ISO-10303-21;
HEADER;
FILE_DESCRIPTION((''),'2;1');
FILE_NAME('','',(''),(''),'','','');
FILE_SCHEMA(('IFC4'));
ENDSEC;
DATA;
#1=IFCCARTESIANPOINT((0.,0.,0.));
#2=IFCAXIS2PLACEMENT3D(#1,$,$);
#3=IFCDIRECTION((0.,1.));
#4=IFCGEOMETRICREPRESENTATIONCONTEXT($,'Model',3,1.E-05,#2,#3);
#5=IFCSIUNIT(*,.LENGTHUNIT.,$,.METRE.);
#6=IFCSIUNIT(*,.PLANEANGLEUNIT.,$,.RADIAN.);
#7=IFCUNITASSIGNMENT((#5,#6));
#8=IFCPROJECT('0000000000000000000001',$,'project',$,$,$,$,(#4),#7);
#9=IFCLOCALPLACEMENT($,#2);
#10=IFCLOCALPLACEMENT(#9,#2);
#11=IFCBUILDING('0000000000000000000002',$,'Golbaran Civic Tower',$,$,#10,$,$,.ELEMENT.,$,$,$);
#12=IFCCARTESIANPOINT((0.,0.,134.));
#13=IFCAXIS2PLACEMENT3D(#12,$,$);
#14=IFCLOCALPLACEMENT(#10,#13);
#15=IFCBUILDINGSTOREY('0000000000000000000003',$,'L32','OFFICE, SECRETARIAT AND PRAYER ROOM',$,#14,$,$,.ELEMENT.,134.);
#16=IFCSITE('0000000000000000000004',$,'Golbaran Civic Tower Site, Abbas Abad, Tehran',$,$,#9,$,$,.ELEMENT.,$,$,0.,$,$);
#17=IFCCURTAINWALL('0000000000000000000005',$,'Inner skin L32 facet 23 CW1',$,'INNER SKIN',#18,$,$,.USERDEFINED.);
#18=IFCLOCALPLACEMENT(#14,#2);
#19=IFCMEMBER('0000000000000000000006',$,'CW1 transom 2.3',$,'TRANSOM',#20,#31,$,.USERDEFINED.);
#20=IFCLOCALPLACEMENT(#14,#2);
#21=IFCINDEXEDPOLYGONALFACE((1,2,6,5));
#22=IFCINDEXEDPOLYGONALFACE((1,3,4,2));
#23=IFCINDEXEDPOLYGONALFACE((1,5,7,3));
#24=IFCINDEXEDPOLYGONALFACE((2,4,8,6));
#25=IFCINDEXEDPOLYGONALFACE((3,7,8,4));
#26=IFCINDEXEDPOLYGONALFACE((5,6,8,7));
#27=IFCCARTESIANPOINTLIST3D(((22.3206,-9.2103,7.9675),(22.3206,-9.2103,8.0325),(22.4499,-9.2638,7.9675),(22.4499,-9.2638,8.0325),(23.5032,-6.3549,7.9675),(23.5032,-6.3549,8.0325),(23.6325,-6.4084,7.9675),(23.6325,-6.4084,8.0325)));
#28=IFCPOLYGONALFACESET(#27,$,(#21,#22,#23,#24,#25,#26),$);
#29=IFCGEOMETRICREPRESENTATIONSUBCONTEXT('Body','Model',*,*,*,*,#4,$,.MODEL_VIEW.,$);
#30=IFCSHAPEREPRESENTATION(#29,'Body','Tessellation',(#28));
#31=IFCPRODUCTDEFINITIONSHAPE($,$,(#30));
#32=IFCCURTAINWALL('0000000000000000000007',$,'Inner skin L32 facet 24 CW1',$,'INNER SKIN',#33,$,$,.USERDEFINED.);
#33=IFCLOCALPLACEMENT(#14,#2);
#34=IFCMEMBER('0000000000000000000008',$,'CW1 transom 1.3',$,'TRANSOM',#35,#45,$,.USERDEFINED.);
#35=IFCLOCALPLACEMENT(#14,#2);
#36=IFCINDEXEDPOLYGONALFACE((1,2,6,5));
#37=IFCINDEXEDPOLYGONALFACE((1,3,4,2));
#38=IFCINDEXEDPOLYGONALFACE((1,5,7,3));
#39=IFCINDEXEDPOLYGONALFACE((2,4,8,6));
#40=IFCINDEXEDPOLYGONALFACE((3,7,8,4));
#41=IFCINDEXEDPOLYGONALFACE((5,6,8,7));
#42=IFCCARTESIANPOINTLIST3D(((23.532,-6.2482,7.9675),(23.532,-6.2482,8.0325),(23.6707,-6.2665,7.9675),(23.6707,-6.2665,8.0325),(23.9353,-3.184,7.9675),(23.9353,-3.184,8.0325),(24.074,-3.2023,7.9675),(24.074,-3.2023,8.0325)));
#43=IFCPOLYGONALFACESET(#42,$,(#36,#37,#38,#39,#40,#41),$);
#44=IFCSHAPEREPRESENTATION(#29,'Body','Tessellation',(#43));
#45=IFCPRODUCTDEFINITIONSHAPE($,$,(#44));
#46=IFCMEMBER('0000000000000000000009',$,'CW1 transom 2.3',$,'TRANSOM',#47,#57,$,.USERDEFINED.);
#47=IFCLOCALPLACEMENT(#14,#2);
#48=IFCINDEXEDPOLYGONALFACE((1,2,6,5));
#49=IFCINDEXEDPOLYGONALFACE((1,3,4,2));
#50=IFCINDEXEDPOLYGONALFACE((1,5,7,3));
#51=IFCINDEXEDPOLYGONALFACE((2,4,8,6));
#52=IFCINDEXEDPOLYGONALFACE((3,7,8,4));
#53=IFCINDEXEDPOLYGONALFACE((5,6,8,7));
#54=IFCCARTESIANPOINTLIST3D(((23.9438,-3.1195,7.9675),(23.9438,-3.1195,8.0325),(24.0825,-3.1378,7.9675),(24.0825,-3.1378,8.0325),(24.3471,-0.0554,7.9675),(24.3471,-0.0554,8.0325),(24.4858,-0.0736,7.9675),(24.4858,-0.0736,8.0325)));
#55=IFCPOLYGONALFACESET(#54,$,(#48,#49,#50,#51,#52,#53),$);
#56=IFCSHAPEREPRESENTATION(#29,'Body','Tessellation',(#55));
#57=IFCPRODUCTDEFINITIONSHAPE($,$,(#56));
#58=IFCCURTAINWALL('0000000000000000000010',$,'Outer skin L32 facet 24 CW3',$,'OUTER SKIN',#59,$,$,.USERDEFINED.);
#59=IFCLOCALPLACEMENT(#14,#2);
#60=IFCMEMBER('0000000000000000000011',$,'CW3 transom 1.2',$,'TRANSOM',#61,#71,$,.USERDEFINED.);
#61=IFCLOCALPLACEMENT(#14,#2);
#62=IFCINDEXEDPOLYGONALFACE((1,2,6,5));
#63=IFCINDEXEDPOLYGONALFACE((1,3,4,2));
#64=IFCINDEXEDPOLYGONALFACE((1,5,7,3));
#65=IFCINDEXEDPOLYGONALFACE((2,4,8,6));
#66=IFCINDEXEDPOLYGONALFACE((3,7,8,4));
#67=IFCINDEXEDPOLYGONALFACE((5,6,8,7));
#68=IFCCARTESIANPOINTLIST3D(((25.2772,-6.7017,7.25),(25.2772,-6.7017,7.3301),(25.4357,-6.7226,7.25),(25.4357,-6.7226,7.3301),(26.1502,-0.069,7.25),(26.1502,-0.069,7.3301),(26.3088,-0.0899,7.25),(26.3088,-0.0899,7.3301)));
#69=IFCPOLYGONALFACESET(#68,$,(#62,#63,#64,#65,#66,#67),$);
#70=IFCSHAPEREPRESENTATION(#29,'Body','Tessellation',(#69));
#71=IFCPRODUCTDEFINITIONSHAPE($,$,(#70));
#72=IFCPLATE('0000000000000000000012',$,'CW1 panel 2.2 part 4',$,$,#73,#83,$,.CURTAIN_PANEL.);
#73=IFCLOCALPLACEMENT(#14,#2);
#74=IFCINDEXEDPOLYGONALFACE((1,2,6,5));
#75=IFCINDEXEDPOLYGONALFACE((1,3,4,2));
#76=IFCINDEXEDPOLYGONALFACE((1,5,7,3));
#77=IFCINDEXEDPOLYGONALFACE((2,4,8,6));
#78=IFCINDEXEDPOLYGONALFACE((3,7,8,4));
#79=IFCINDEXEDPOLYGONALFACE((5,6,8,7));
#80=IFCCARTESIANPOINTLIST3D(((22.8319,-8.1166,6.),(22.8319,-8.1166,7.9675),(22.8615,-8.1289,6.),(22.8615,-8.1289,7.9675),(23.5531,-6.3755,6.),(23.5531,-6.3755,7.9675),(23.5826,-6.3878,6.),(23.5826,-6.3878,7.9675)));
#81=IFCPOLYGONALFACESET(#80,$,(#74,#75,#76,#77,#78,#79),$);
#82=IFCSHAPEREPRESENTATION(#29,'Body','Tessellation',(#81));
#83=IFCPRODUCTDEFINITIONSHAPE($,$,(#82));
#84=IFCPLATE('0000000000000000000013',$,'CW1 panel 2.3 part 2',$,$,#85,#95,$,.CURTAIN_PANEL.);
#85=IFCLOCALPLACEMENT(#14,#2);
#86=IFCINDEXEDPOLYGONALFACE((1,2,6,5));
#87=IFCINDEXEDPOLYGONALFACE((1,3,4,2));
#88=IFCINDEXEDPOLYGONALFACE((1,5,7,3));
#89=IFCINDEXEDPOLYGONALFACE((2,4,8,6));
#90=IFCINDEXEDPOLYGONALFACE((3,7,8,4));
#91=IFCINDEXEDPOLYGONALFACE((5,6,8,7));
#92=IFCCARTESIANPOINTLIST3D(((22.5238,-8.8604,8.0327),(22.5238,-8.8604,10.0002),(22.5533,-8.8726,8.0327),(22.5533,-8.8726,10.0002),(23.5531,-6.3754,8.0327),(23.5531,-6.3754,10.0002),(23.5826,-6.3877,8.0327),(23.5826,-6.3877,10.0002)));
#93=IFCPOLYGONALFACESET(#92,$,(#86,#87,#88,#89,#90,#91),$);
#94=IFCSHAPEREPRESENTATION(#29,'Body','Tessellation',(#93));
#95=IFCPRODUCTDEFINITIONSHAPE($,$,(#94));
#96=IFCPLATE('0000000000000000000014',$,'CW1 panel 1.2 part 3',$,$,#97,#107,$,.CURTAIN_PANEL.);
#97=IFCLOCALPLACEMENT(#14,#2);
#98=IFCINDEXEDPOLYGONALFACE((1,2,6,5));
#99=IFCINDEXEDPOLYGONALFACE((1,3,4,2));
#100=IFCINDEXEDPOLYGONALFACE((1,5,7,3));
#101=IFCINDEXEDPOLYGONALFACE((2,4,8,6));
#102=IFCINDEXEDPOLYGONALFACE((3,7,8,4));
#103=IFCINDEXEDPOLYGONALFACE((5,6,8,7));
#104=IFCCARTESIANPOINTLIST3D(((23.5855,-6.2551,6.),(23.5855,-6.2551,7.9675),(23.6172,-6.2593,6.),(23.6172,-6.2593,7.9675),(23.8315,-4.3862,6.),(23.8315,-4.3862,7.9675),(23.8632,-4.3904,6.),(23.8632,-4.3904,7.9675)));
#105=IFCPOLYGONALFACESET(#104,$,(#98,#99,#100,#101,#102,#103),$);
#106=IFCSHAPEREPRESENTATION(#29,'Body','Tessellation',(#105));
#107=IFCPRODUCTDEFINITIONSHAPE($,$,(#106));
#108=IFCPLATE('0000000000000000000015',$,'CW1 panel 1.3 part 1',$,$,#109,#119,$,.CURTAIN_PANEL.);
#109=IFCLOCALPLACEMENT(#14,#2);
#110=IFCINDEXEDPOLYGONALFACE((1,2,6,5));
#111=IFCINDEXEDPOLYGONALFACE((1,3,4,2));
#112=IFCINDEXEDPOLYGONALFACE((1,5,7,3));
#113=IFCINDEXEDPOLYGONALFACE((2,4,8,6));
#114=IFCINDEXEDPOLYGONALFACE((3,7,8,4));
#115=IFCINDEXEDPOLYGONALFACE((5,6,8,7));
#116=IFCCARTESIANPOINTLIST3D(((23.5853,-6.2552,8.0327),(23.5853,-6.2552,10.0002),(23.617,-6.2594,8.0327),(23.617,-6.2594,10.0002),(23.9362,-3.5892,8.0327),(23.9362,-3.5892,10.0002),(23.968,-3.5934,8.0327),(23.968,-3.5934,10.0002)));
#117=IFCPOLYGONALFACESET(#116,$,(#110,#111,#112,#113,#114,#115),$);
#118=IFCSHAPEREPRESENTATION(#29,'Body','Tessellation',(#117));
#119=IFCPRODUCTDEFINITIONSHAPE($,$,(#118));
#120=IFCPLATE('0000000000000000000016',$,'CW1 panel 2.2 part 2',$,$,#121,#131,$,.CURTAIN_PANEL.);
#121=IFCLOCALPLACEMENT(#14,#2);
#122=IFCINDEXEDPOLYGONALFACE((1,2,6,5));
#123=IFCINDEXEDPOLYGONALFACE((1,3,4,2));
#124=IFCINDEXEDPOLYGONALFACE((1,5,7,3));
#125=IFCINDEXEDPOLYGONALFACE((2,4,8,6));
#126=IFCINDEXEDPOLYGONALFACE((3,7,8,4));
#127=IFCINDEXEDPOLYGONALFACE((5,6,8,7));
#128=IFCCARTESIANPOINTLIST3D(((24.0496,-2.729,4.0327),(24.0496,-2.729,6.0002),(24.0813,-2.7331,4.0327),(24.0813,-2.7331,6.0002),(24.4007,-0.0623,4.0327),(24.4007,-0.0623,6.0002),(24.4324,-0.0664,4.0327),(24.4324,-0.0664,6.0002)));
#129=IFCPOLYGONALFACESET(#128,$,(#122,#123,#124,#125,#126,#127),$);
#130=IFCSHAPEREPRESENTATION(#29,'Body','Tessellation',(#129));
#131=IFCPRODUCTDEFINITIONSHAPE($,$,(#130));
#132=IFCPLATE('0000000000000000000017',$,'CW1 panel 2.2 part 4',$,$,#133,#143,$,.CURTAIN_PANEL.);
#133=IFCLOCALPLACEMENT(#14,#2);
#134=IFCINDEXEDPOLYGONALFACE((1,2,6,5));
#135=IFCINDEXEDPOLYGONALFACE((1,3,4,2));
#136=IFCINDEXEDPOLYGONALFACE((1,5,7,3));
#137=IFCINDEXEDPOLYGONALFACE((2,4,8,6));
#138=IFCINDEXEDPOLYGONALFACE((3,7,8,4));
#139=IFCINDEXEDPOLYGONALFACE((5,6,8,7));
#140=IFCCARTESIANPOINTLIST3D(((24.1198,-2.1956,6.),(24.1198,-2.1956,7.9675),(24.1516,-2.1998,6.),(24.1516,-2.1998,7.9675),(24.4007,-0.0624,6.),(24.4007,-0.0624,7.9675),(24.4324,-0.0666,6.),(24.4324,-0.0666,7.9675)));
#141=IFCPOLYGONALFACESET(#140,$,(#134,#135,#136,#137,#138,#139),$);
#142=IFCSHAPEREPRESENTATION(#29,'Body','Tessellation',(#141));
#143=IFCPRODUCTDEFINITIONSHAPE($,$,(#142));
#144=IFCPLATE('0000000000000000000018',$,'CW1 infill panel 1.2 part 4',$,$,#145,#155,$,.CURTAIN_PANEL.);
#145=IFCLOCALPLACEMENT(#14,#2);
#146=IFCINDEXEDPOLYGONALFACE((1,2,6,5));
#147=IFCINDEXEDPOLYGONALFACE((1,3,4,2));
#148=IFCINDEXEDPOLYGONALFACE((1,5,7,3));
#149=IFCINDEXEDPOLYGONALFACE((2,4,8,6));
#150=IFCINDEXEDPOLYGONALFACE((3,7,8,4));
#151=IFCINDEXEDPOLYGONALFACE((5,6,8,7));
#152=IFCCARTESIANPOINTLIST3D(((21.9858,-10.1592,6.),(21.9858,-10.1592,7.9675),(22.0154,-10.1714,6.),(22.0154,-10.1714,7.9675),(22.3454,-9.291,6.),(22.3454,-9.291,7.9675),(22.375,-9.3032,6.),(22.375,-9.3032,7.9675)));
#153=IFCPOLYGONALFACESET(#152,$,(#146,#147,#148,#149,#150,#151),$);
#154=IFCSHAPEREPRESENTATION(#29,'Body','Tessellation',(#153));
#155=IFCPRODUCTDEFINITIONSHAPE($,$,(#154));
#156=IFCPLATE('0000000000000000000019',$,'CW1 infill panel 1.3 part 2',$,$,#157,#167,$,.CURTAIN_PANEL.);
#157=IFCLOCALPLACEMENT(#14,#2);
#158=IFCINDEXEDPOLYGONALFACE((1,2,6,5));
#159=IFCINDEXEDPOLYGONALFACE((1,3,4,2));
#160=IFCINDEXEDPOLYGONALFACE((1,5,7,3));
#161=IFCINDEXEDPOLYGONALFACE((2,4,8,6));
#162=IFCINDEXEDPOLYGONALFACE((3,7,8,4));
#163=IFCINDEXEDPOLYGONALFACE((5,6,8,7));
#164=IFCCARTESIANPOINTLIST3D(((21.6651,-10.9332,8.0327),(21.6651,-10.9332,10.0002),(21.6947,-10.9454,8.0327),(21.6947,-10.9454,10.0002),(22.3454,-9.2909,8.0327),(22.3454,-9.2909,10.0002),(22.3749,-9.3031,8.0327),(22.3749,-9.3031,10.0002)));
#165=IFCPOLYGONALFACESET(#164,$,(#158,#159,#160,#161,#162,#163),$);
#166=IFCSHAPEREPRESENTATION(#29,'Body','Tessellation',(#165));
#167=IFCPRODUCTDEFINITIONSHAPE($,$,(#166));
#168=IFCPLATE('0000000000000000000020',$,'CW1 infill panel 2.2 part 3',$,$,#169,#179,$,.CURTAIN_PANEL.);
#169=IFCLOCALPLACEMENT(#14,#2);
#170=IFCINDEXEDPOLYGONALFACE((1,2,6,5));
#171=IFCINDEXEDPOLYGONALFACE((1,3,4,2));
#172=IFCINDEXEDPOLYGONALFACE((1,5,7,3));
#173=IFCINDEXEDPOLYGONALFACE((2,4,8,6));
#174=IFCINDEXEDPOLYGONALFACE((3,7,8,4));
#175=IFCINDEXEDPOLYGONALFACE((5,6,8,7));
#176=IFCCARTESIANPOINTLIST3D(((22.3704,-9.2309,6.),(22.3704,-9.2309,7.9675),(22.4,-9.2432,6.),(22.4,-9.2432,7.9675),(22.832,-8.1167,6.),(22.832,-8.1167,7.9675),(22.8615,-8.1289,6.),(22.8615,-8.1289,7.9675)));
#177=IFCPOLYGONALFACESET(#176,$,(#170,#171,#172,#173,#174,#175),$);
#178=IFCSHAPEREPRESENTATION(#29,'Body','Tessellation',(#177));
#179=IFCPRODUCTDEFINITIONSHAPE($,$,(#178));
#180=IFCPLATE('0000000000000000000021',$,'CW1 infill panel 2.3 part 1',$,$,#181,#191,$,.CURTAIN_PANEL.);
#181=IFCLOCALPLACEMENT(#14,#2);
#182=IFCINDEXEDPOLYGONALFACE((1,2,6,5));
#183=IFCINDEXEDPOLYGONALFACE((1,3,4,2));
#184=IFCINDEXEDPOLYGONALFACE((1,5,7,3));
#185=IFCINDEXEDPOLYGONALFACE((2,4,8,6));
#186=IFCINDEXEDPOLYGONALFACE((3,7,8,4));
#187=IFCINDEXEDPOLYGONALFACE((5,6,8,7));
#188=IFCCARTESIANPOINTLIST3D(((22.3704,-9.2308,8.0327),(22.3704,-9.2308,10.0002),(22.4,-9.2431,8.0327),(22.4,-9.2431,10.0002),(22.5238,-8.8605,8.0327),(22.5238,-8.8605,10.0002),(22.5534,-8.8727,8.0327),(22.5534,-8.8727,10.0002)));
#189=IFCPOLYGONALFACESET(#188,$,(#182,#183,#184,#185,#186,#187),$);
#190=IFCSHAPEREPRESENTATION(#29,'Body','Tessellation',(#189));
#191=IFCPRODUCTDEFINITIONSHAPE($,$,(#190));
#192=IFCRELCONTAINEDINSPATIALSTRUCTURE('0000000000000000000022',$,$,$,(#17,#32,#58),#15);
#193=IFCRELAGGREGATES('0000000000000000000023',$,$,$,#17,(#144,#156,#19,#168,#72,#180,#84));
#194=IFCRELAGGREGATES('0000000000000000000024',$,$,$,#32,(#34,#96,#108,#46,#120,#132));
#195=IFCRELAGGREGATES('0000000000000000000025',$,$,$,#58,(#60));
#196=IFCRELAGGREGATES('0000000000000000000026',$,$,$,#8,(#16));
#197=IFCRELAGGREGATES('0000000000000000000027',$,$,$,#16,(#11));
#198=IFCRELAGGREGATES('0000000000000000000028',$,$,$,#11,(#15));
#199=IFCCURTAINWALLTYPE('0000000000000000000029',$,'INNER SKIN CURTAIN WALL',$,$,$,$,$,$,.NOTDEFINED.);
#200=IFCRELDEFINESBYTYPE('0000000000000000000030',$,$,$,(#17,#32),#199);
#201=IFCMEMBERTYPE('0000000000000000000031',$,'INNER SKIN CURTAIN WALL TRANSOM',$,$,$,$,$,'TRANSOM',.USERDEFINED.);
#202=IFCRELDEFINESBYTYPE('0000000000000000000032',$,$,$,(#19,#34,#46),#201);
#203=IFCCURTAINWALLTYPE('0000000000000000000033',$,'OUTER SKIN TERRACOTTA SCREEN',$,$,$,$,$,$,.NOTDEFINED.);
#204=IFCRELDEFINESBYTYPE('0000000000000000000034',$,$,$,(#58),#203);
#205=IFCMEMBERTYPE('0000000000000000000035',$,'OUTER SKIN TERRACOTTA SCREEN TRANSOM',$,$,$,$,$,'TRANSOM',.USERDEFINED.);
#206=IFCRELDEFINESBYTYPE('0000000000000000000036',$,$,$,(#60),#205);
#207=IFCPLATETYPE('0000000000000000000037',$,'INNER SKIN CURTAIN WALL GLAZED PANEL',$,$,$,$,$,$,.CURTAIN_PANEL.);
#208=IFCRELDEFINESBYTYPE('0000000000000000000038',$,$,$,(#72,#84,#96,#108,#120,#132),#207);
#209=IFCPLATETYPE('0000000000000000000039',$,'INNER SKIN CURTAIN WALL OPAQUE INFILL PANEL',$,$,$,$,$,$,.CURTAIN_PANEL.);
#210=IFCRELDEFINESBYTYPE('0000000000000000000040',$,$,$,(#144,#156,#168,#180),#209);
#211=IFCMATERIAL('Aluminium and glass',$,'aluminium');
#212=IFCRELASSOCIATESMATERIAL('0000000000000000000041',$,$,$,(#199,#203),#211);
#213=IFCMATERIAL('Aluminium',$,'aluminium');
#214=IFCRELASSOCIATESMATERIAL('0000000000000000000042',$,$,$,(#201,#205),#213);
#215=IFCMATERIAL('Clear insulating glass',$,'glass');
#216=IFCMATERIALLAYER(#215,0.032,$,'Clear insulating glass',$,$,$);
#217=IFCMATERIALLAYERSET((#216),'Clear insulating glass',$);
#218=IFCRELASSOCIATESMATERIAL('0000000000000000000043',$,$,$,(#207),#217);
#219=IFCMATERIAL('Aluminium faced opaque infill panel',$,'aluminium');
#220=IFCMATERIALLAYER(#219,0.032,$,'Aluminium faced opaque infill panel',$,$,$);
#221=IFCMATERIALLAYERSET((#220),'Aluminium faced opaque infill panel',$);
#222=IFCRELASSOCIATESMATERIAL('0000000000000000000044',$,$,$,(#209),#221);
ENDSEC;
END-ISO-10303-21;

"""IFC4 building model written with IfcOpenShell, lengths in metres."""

from ifc_helpers import new_model, si_unit, direction, frame, origin, origin_2d, place, context, subcontext, project, spatial, rectangle, extrude, material, layer, layer_set, material_profile, profile_set, type_object, element, aggregate, save


model = new_model("IFC4")

# Units and contexts
model_context = context("Model", 3, precision=1e-05, world=origin(), true_north=direction((0.0, 1.0)))
body_context = subcontext(model_context, "Body", "Model", "MODEL_VIEW")
ifc_project = project(units=[si_unit("LENGTHUNIT", "METRE"), si_unit("PLANEANGLEUNIT", "RADIAN")], contexts=[model_context])

# Site, building, storey
site_placement = place(None, origin())
site = spatial("IfcSite", under=ifc_project, at=site_placement, Name="Golbaran Civic Tower Site, Abbas Abad, Tehran", CompositionType="ELEMENT", RefElevation=0.0)
building_placement = place(site_placement, origin())
building = spatial("IfcBuilding", under=site, at=building_placement, Name="Golbaran Civic Tower", CompositionType="ELEMENT")
storey_placement = place(building_placement, frame((0.0, 0.0, 134.0)))
storey = spatial("IfcBuildingStorey", under=building, at=storey_placement, Name="L32", Description="OFFICE, SECRETARIAT AND PRAYER ROOM", CompositionType="ELEMENT", Elevation=134.0)

# Curtain wall, member
ifc_material_1 = material(Name="Aluminium and glass", Category="aluminium")
curtain_wall_type_1 = type_object("IfcCurtainWallType", Name="INNER SKIN CURTAIN WALL", PredefinedType="NOTDEFINED", material=ifc_material_1)
curtain_wall_1_placement = place(storey_placement, origin())
curtain_wall_1 = element("IfcCurtainWall", 1, at=curtain_wall_1_placement, inside=storey, type_object=curtain_wall_type_1, Name="Inner skin L32 facet 23 CW1", ObjectType="INNER SKIN", PredefinedType="USERDEFINED")
ifc_material_2 = material(Name="Aluminium", Category="aluminium")
ifc_material_profile_1 = material_profile(ifc_material_2, rectangle(XDim=0.1399, YDim=0.0649, at=origin_2d()), Name="INNER SKIN CURTAIN WALL TRANSOM")
ifc_profile_set_1 = profile_set([ifc_material_profile_1], Name="Aluminium")
member_type_1 = type_object("IfcMemberType", Name="INNER SKIN CURTAIN WALL TRANSOM", ElementType="TRANSOM", PredefinedType="USERDEFINED", material=ifc_profile_set_1)
member_1_placement = place(storey_placement, frame((22.3853, -9.2371, 8.0), z_axis=(0.38264, 0.923897, 0.0), x_axis=(-0.923897, 0.38264, 0.0)))
member_1 = element("IfcMember", 2, at=member_1_placement, type_object=member_type_1, Name="CW1 transom 2.3", ObjectType="TRANSOM", PredefinedType="USERDEFINED", context=body_context, shape_type="SweptSolid", body=[
    extrude(rectangle(XDim=0.1399, YDim=0.0649, at=origin_2d()), origin(), (0.0, 0.0, 1.0), 3.0906),
])

# Curtain wall, members
curtain_wall_2_placement = place(storey_placement, origin())
curtain_wall_2 = element("IfcCurtainWall", 3, at=curtain_wall_2_placement, inside=storey, type_object=curtain_wall_type_1, Name="Inner skin L32 facet 24 CW1", ObjectType="INNER SKIN", PredefinedType="USERDEFINED")
member_2_placement = place(storey_placement, frame((23.6013, -6.2573, 8.0), z_axis=(0.130497, 0.991449, 0.0), x_axis=(-0.991449, 0.130497, 0.0)))
member_2 = element("IfcMember", 4, at=member_2_placement, type_object=member_type_1, Name="CW1 transom 1.3", ObjectType="TRANSOM", PredefinedType="USERDEFINED", context=body_context, shape_type="SweptSolid", body=[
    extrude(rectangle(XDim=0.1399, YDim=0.0649, at=origin_2d()), origin(), (0.0, 0.0, 1.0), 3.0906),
])
member_3_placement = place(storey_placement, frame((24.0132, -3.1287, 8.0), z_axis=(0.130497, 0.991449, 0.0), x_axis=(-0.991449, 0.130497, 0.0)))
member_3 = element("IfcMember", 5, at=member_3_placement, type_object=member_type_1, Name="CW1 transom 2.3", ObjectType="TRANSOM", PredefinedType="USERDEFINED", context=body_context, shape_type="SweptSolid", body=[
    extrude(rectangle(XDim=0.1399, YDim=0.0649, at=origin_2d()), origin(), (0.0, 0.0, 1.0), 3.0906),
])

# Curtain wall, member
curtain_wall_type_2 = type_object("IfcCurtainWallType", Name="OUTER SKIN TERRACOTTA SCREEN", PredefinedType="NOTDEFINED", material=ifc_material_1)
curtain_wall_3_placement = place(storey_placement, origin())
curtain_wall_3 = element("IfcCurtainWall", 6, at=curtain_wall_3_placement, inside=storey, type_object=curtain_wall_type_2, Name="Outer skin L32 facet 24 CW3", ObjectType="OUTER SKIN", PredefinedType="USERDEFINED")
ifc_material_profile_2 = material_profile(ifc_material_2, rectangle(XDim=0.1599, YDim=0.0801, at=origin_2d()), Name="OUTER SKIN TERRACOTTA SCREEN TRANSOM")
ifc_profile_set_2 = profile_set([ifc_material_profile_2], Name="Aluminium")
member_type_2 = type_object("IfcMemberType", Name="OUTER SKIN TERRACOTTA SCREEN TRANSOM", ElementType="TRANSOM", PredefinedType="USERDEFINED", material=ifc_profile_set_2)
member_4_placement = place(storey_placement, frame((25.3564, -6.7122, 7.29), z_axis=(0.1305, 0.991448, 0.0), x_axis=(-0.991448, 0.1305, 0.0)))
member_4 = element("IfcMember", 7, at=member_4_placement, type_object=member_type_2, Name="CW3 transom 1.2", ObjectType="TRANSOM", PredefinedType="USERDEFINED", context=body_context, shape_type="SweptSolid", body=[
    extrude(rectangle(XDim=0.1599, YDim=0.0801, at=origin_2d()), origin(), (0.0, 0.0, 1.0), 6.6899),
])

# Plates
ifc_material_3 = material(Name="Clear insulating glass", Category="glass")
ifc_layer_1 = layer(ifc_material_3, 0.032, Name="Clear insulating glass")
ifc_layer_set_1 = layer_set([ifc_layer_1], Name="Clear insulating glass")
plate_type_1 = type_object("IfcPlateType", Name="INNER SKIN CURTAIN WALL GLAZED PANEL", PredefinedType="CURTAIN_PANEL", material=ifc_layer_set_1)
plate_1_placement = place(storey_placement, frame((23.2073, -7.2522, 6.0), z_axis=(0.0, 0.0, 1.0), x_axis=(0.382683, 0.92388, 0.0)))
plate_1 = element("IfcPlate", 8, at=plate_1_placement, type_object=plate_type_1, Name="CW1 panel 2.2 part 4", PredefinedType="CURTAIN_PANEL", context=body_context, shape_type="SweptSolid", body=[
    extrude(rectangle(XDim=1.8845, YDim=0.032, at=origin_2d()), origin(), (0.0, 0.0, 1.0), 1.9675),
])
plate_2_placement = place(storey_placement, frame((23.0532, -7.624, 8.0327), z_axis=(0.0, 0.0, 1.0), x_axis=(0.382683, 0.92388, 0.0)))
plate_2 = element("IfcPlate", 9, at=plate_2_placement, type_object=plate_type_1, Name="CW1 panel 2.3 part 2", PredefinedType="CURTAIN_PANEL", context=body_context, shape_type="SweptSolid", body=[
    extrude(rectangle(XDim=2.6897, YDim=0.032, at=origin_2d()), origin(), (0.0, 0.0, 1.0), 1.9675),
])
plate_3_placement = place(storey_placement, frame((23.7244, -5.3228, 6.0), z_axis=(0.0, 0.0, 1.0), x_axis=(0.130526, 0.991445, 0.0)))
plate_3 = element("IfcPlate", 10, at=plate_3_placement, type_object=plate_type_1, Name="CW1 panel 1.2 part 3", PredefinedType="CURTAIN_PANEL", context=body_context, shape_type="SweptSolid", body=[
    extrude(rectangle(XDim=1.885, YDim=0.032, at=origin_2d()), origin(), (0.0, 0.0, 1.0), 1.9675),
])
plate_4_placement = place(storey_placement, frame((23.7766, -4.9243, 8.0327), z_axis=(0.0, 0.0, 1.0), x_axis=(0.130526, 0.991445, 0.0)))
plate_4 = element("IfcPlate", 11, at=plate_4_placement, type_object=plate_type_1, Name="CW1 panel 1.3 part 1", PredefinedType="CURTAIN_PANEL", context=body_context, shape_type="SweptSolid", body=[
    extrude(rectangle(XDim=2.689, YDim=0.032, at=origin_2d()), origin(), (0.0, 0.0, 1.0), 1.9675),
])
plate_5_placement = place(storey_placement, frame((24.241, -1.3977, 4.0327), z_axis=(0.0, 0.0, 1.0), x_axis=(0.130526, 0.991445, 0.0)))
plate_5 = element("IfcPlate", 12, at=plate_5_placement, type_object=plate_type_1, Name="CW1 panel 2.2 part 2", PredefinedType="CURTAIN_PANEL", context=body_context, shape_type="SweptSolid", body=[
    extrude(rectangle(XDim=2.6897, YDim=0.032, at=origin_2d()), origin(), (0.0, 0.0, 1.0), 1.9675),
])
plate_6_placement = place(storey_placement, frame((24.2761, -1.1311, 6.0), z_axis=(0.0, 0.0, 1.0), x_axis=(0.130526, 0.991445, 0.0)))
plate_6 = element("IfcPlate", 13, at=plate_6_placement, type_object=plate_type_1, Name="CW1 panel 2.2 part 4", PredefinedType="CURTAIN_PANEL", context=body_context, shape_type="SweptSolid", body=[
    extrude(rectangle(XDim=2.1516, YDim=0.032, at=origin_2d()), origin(), (0.0, 0.0, 1.0), 1.9675),
])
ifc_material_4 = material(Name="Aluminium faced opaque infill panel", Category="aluminium")
ifc_layer_2 = layer(ifc_material_4, 0.032, Name="Aluminium faced opaque infill panel")
ifc_layer_set_2 = layer_set([ifc_layer_2], Name="Aluminium faced opaque infill panel")
plate_type_2 = type_object("IfcPlateType", Name="INNER SKIN CURTAIN WALL OPAQUE INFILL PANEL", PredefinedType="CURTAIN_PANEL", material=ifc_layer_set_2)
plate_7_placement = place(storey_placement, frame((22.1804, -9.7312, 6.0), z_axis=(0.0, 0.0, 1.0), x_axis=(0.382683, 0.92388, 0.0)))
plate_7 = element("IfcPlate", 14, at=plate_7_placement, type_object=plate_type_2, Name="CW1 infill panel 1.2 part 4", PredefinedType="CURTAIN_PANEL", context=body_context, shape_type="SweptSolid", body=[
    extrude(rectangle(XDim=0.9397, YDim=0.032, at=origin_2d()), origin(), (0.0, 0.0, 1.0), 1.9675),
])
plate_8_placement = place(storey_placement, frame((22.02, -10.1182, 8.0327), z_axis=(0.0, 0.0, 1.0), x_axis=(0.382683, 0.92388, 0.0)))
plate_8 = element("IfcPlate", 15, at=plate_8_placement, type_object=plate_type_2, Name="CW1 infill panel 1.3 part 2", PredefinedType="CURTAIN_PANEL", context=body_context, shape_type="SweptSolid", body=[
    extrude(rectangle(XDim=1.7776, YDim=0.032, at=origin_2d()), origin(), (0.0, 0.0, 1.0), 1.9675),
])
plate_9_placement = place(storey_placement, frame((22.616, -8.6799, 6.0), z_axis=(0.0, 0.0, 1.0), x_axis=(0.382683, 0.92388, 0.0)))
plate_9 = element("IfcPlate", 16, at=plate_9_placement, type_object=plate_type_2, Name="CW1 infill panel 2.2 part 3", PredefinedType="CURTAIN_PANEL", context=body_context, shape_type="SweptSolid", body=[
    extrude(rectangle(XDim=1.2061, YDim=0.032, at=origin_2d()), origin(), (0.0, 0.0, 1.0), 1.9675),
])
plate_10_placement = place(storey_placement, frame((22.4619, -9.0518, 8.0327), z_axis=(0.0, 0.0, 1.0), x_axis=(0.382683, 0.92388, 0.0)))
plate_10 = element("IfcPlate", 17, at=plate_10_placement, type_object=plate_type_2, Name="CW1 infill panel 2.3 part 1", PredefinedType="CURTAIN_PANEL", context=body_context, shape_type="SweptSolid", body=[
    extrude(rectangle(XDim=0.4009, YDim=0.032, at=origin_2d()), origin(), (0.0, 0.0, 1.0), 1.9675),
])
aggregate(curtain_wall_1, [plate_7, plate_8, member_1, plate_9, plate_1, plate_10, plate_2])
aggregate(curtain_wall_2, [member_2, plate_3, plate_4, member_3, plate_5, plate_6])
aggregate(curtain_wall_3, [member_4])

save(model, "model.ifc")
